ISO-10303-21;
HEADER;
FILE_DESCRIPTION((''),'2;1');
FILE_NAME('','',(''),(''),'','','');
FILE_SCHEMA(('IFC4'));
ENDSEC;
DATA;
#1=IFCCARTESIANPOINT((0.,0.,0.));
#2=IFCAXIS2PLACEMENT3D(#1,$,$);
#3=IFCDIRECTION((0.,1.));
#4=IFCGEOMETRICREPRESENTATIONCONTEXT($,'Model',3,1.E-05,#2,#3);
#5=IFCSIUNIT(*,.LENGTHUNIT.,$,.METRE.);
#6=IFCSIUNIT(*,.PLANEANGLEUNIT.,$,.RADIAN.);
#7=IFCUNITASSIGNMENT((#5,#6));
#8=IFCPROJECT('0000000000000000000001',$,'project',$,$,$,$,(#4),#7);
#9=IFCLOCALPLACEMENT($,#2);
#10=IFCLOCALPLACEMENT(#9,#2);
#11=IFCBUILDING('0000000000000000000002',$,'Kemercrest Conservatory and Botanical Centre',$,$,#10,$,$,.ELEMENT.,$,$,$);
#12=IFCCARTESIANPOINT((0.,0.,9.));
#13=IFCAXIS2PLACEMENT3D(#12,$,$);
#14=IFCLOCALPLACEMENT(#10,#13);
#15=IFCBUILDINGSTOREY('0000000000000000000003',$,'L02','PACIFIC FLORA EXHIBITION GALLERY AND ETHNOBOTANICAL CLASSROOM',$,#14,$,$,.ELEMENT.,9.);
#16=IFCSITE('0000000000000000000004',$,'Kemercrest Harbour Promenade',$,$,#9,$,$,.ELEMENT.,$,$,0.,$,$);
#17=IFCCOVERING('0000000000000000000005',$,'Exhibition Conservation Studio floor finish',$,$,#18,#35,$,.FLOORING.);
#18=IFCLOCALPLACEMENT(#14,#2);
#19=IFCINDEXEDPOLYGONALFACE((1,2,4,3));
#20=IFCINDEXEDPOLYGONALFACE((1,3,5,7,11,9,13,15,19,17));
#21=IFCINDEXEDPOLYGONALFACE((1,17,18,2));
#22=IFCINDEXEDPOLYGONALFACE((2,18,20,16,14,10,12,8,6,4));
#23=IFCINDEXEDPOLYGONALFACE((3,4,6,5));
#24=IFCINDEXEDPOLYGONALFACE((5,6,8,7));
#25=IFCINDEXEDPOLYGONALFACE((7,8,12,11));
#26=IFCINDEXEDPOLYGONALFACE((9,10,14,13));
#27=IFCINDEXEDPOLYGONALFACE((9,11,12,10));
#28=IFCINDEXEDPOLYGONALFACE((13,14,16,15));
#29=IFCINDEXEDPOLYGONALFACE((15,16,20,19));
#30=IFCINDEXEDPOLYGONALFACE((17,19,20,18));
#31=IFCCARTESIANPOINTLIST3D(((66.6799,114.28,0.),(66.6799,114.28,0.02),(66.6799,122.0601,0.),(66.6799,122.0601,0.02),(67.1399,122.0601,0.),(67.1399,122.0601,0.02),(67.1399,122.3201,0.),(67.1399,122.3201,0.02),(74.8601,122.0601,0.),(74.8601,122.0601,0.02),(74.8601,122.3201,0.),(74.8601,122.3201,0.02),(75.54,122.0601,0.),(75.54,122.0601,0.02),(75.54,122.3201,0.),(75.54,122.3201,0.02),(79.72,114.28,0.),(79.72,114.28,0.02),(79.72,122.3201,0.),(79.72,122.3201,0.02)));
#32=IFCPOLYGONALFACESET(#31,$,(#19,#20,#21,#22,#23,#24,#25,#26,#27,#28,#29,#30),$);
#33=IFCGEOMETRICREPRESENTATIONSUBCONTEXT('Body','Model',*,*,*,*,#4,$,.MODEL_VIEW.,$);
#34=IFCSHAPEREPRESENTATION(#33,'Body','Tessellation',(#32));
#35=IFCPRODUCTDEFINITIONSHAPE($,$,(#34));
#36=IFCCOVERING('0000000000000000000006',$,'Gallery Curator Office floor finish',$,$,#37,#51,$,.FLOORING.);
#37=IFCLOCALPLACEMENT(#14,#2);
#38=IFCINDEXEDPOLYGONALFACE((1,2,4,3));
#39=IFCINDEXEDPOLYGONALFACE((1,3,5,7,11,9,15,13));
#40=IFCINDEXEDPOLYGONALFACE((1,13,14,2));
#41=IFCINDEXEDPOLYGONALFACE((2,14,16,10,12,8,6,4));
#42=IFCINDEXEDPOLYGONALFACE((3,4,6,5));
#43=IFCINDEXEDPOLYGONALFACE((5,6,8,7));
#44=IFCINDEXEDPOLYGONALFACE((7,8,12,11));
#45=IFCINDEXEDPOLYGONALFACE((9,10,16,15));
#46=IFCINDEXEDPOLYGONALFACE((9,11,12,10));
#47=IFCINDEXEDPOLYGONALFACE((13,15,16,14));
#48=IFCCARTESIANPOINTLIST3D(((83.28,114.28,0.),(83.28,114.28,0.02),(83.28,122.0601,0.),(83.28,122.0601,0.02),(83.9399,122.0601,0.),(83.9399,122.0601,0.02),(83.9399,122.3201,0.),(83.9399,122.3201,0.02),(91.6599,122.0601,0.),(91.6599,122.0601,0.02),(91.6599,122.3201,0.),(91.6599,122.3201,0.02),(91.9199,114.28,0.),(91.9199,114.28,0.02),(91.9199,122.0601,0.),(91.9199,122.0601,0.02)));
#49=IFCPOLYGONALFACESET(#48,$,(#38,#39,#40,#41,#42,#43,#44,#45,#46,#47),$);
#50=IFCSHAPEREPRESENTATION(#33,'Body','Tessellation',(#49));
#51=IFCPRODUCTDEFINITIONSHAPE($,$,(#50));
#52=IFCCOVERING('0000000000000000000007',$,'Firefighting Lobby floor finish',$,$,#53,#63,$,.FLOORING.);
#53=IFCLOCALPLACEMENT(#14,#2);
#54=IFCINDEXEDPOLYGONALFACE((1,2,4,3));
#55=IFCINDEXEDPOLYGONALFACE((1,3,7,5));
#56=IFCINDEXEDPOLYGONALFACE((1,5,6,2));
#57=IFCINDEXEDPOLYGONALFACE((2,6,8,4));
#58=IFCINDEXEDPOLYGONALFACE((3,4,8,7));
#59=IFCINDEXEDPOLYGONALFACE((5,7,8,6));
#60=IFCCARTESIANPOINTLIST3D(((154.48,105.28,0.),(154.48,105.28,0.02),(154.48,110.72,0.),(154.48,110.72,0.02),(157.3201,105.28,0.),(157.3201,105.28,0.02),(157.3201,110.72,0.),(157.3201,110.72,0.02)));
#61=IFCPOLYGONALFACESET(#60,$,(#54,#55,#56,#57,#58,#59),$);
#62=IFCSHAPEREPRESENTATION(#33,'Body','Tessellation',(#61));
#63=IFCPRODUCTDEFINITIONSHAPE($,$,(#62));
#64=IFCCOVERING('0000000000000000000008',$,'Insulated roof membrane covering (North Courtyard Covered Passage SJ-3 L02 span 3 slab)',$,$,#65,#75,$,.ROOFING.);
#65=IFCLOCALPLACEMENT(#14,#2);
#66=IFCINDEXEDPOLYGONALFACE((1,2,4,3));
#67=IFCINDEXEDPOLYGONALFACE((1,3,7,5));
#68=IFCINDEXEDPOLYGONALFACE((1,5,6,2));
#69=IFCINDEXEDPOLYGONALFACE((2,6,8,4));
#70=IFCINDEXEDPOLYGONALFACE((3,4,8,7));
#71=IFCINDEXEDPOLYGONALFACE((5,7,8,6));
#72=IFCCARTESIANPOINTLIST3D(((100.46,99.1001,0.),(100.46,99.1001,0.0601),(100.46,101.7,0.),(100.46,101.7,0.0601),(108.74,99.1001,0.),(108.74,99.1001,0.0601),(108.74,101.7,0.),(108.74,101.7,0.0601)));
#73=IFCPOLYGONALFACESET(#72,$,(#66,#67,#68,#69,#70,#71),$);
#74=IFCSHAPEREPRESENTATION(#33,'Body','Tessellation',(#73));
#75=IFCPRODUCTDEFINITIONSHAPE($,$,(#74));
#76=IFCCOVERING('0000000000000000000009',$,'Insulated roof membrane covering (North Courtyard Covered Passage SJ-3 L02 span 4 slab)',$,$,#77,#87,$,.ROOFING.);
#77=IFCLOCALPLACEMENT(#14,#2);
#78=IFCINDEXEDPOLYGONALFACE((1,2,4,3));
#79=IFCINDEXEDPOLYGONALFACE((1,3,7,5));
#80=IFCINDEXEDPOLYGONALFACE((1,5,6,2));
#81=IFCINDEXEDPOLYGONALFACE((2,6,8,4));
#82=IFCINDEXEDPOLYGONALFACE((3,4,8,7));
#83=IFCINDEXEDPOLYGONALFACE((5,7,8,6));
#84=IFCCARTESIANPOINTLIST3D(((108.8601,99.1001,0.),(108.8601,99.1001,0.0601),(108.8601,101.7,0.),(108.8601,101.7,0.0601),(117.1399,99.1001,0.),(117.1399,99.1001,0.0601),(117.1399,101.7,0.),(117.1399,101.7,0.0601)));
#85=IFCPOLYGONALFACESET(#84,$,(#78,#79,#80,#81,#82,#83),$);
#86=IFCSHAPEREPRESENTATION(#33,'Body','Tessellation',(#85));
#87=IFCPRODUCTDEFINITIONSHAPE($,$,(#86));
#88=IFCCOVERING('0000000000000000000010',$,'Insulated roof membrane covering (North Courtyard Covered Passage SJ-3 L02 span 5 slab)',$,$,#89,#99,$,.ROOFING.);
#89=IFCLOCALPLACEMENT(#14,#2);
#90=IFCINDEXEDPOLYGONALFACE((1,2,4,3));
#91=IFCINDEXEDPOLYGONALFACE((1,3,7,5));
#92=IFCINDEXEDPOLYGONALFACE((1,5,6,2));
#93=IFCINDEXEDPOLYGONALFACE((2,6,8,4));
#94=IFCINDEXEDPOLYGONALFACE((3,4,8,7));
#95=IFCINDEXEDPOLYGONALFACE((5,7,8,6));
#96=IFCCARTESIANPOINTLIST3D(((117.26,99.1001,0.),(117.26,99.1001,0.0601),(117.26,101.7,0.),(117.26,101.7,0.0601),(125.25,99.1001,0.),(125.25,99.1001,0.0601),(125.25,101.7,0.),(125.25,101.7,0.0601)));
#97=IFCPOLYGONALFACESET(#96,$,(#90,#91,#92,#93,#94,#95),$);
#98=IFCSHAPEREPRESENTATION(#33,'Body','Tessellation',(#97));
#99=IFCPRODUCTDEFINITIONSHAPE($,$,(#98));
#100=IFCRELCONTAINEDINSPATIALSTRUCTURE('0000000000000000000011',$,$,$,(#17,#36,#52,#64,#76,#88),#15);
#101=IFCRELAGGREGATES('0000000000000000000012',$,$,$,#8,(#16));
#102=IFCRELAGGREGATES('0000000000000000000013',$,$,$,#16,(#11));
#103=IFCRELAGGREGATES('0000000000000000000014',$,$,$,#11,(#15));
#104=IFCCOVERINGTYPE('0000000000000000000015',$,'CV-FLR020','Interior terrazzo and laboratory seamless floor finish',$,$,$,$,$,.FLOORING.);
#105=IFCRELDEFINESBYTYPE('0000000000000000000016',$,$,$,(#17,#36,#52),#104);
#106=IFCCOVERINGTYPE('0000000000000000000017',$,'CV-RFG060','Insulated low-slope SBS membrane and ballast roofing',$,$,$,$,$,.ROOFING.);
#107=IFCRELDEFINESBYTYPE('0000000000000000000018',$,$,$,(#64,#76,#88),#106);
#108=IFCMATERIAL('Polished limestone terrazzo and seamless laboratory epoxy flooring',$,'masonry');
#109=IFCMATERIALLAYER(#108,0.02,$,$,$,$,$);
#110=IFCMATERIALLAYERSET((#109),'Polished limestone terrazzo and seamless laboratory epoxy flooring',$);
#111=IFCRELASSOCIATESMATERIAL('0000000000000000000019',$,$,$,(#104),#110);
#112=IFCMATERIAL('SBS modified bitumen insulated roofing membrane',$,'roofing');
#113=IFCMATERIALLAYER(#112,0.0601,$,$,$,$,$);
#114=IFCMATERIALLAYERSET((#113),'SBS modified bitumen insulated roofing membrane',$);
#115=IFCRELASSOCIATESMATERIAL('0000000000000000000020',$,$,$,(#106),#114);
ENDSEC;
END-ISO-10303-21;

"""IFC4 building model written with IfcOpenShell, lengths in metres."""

from ifc_helpers import new_model, si_unit, direction, frame, origin, place, context, subcontext, project, spatial, polyline, outline, extrude, material, layer, layer_set, type_object, element, save


model = new_model("IFC4")

# Units and contexts
model_context = context("Model", 3, precision=1e-05, world=origin(), true_north=direction((0.0, 1.0)))
body_context = subcontext(model_context, "Body", "Model", "MODEL_VIEW")
ifc_project = project(units=[si_unit("LENGTHUNIT", "METRE"), si_unit("PLANEANGLEUNIT", "RADIAN")], contexts=[model_context])

# Site, building, storey
site_placement = place(None, origin())
site = spatial("IfcSite", under=ifc_project, at=site_placement, Name="Kemercrest Harbour Promenade", CompositionType="ELEMENT", RefElevation=0.0)
building_placement = place(site_placement, origin())
building = spatial("IfcBuilding", under=site, at=building_placement, Name="Kemercrest Conservatory and Botanical Centre", CompositionType="ELEMENT")
storey_placement = place(building_placement, frame((0.0, 0.0, 9.0)))
storey = spatial("IfcBuildingStorey", under=building, at=storey_placement, Name="L02", Description="PACIFIC FLORA EXHIBITION GALLERY AND ETHNOBOTANICAL CLASSROOM", CompositionType="ELEMENT", Elevation=9.0)

# Coverings
ifc_material_1 = material(Name="Polished limestone terrazzo and seamless laboratory epoxy flooring", Category="masonry")
ifc_layer_1 = layer(ifc_material_1, 0.02)
ifc_layer_set_1 = layer_set([ifc_layer_1], Name="Polished limestone terrazzo and seamless laboratory epoxy flooring")
covering_type_1 = type_object("IfcCoveringType", Name="CV-FLR020", Description="Interior terrazzo and laboratory seamless floor finish", PredefinedType="FLOORING", material=ifc_layer_set_1)
covering_1_placement = place(storey_placement, origin())
element("IfcCovering", 1, at=covering_1_placement, inside=storey, type_object=covering_type_1, Name="Exhibition Conservation Studio floor finish", PredefinedType="FLOORING", context=body_context, shape_type="SweptSolid", body=[
    extrude(outline(polyline([(66.6799, 114.28), (79.72, 114.28), (79.72, 122.3201), (75.54, 122.3201), (75.54, 122.0601), (74.8601, 122.0601), (74.8601, 122.3201), (67.1399, 122.3201), (67.1399, 122.0601), (66.6799, 122.0601), (66.6799, 114.28)])), origin(), (0.0, 0.0, 1.0), 0.02),
])
covering_2_placement = place(storey_placement, origin())
element("IfcCovering", 2, at=covering_2_placement, inside=storey, type_object=covering_type_1, Name="Gallery Curator Office floor finish", PredefinedType="FLOORING", context=body_context, shape_type="SweptSolid", body=[
    extrude(outline(polyline([(83.28, 114.28), (91.9199, 114.28), (91.9199, 122.0601), (91.6599, 122.0601), (91.6599, 122.3201), (83.9399, 122.3201), (83.9399, 122.0601), (83.28, 122.0601), (83.28, 114.28)])), origin(), (0.0, 0.0, 1.0), 0.02),
])
covering_3_placement = place(storey_placement, origin())
element("IfcCovering", 3, at=covering_3_placement, inside=storey, type_object=covering_type_1, Name="Firefighting Lobby floor finish", PredefinedType="FLOORING", context=body_context, shape_type="SweptSolid", body=[
    extrude(outline(polyline([(154.48, 105.28), (157.3201, 105.28), (157.3201, 110.72), (154.48, 110.72), (154.48, 105.28)])), origin(), (0.0, 0.0, 1.0), 0.02),
])
ifc_material_2 = material(Name="SBS modified bitumen insulated roofing membrane", Category="roofing")
ifc_layer_2 = layer(ifc_material_2, 0.0601)
ifc_layer_set_2 = layer_set([ifc_layer_2], Name="SBS modified bitumen insulated roofing membrane")
covering_type_2 = type_object("IfcCoveringType", Name="CV-RFG060", Description="Insulated low-slope SBS membrane and ballast roofing", PredefinedType="ROOFING", material=ifc_layer_set_2)
covering_4_placement = place(storey_placement, origin())
element("IfcCovering", 4, at=covering_4_placement, inside=storey, type_object=covering_type_2, Name="Insulated roof membrane covering (North Courtyard Covered Passage SJ-3 L02 span 3 slab)", PredefinedType="ROOFING", context=body_context, shape_type="SweptSolid", body=[
    extrude(outline(polyline([(100.46, 99.1001), (108.74, 99.1001), (108.74, 101.7), (100.46, 101.7), (100.46, 99.1001)])), origin(), (0.0, 0.0, 1.0), 0.0601),
])
covering_5_placement = place(storey_placement, origin())
element("IfcCovering", 5, at=covering_5_placement, inside=storey, type_object=covering_type_2, Name="Insulated roof membrane covering (North Courtyard Covered Passage SJ-3 L02 span 4 slab)", PredefinedType="ROOFING", context=body_context, shape_type="SweptSolid", body=[
    extrude(outline(polyline([(108.8601, 99.1001), (117.1399, 99.1001), (117.1399, 101.7), (108.8601, 101.7), (108.8601, 99.1001)])), origin(), (0.0, 0.0, 1.0), 0.0601),
])
covering_6_placement = place(storey_placement, origin())
element("IfcCovering", 6, at=covering_6_placement, inside=storey, type_object=covering_type_2, Name="Insulated roof membrane covering (North Courtyard Covered Passage SJ-3 L02 span 5 slab)", PredefinedType="ROOFING", context=body_context, shape_type="SweptSolid", body=[
    extrude(outline(polyline([(117.26, 99.1001), (125.25, 99.1001), (125.25, 101.7), (117.26, 101.7), (117.26, 99.1001)])), origin(), (0.0, 0.0, 1.0), 0.0601),
])

save(model, "model.ifc")
